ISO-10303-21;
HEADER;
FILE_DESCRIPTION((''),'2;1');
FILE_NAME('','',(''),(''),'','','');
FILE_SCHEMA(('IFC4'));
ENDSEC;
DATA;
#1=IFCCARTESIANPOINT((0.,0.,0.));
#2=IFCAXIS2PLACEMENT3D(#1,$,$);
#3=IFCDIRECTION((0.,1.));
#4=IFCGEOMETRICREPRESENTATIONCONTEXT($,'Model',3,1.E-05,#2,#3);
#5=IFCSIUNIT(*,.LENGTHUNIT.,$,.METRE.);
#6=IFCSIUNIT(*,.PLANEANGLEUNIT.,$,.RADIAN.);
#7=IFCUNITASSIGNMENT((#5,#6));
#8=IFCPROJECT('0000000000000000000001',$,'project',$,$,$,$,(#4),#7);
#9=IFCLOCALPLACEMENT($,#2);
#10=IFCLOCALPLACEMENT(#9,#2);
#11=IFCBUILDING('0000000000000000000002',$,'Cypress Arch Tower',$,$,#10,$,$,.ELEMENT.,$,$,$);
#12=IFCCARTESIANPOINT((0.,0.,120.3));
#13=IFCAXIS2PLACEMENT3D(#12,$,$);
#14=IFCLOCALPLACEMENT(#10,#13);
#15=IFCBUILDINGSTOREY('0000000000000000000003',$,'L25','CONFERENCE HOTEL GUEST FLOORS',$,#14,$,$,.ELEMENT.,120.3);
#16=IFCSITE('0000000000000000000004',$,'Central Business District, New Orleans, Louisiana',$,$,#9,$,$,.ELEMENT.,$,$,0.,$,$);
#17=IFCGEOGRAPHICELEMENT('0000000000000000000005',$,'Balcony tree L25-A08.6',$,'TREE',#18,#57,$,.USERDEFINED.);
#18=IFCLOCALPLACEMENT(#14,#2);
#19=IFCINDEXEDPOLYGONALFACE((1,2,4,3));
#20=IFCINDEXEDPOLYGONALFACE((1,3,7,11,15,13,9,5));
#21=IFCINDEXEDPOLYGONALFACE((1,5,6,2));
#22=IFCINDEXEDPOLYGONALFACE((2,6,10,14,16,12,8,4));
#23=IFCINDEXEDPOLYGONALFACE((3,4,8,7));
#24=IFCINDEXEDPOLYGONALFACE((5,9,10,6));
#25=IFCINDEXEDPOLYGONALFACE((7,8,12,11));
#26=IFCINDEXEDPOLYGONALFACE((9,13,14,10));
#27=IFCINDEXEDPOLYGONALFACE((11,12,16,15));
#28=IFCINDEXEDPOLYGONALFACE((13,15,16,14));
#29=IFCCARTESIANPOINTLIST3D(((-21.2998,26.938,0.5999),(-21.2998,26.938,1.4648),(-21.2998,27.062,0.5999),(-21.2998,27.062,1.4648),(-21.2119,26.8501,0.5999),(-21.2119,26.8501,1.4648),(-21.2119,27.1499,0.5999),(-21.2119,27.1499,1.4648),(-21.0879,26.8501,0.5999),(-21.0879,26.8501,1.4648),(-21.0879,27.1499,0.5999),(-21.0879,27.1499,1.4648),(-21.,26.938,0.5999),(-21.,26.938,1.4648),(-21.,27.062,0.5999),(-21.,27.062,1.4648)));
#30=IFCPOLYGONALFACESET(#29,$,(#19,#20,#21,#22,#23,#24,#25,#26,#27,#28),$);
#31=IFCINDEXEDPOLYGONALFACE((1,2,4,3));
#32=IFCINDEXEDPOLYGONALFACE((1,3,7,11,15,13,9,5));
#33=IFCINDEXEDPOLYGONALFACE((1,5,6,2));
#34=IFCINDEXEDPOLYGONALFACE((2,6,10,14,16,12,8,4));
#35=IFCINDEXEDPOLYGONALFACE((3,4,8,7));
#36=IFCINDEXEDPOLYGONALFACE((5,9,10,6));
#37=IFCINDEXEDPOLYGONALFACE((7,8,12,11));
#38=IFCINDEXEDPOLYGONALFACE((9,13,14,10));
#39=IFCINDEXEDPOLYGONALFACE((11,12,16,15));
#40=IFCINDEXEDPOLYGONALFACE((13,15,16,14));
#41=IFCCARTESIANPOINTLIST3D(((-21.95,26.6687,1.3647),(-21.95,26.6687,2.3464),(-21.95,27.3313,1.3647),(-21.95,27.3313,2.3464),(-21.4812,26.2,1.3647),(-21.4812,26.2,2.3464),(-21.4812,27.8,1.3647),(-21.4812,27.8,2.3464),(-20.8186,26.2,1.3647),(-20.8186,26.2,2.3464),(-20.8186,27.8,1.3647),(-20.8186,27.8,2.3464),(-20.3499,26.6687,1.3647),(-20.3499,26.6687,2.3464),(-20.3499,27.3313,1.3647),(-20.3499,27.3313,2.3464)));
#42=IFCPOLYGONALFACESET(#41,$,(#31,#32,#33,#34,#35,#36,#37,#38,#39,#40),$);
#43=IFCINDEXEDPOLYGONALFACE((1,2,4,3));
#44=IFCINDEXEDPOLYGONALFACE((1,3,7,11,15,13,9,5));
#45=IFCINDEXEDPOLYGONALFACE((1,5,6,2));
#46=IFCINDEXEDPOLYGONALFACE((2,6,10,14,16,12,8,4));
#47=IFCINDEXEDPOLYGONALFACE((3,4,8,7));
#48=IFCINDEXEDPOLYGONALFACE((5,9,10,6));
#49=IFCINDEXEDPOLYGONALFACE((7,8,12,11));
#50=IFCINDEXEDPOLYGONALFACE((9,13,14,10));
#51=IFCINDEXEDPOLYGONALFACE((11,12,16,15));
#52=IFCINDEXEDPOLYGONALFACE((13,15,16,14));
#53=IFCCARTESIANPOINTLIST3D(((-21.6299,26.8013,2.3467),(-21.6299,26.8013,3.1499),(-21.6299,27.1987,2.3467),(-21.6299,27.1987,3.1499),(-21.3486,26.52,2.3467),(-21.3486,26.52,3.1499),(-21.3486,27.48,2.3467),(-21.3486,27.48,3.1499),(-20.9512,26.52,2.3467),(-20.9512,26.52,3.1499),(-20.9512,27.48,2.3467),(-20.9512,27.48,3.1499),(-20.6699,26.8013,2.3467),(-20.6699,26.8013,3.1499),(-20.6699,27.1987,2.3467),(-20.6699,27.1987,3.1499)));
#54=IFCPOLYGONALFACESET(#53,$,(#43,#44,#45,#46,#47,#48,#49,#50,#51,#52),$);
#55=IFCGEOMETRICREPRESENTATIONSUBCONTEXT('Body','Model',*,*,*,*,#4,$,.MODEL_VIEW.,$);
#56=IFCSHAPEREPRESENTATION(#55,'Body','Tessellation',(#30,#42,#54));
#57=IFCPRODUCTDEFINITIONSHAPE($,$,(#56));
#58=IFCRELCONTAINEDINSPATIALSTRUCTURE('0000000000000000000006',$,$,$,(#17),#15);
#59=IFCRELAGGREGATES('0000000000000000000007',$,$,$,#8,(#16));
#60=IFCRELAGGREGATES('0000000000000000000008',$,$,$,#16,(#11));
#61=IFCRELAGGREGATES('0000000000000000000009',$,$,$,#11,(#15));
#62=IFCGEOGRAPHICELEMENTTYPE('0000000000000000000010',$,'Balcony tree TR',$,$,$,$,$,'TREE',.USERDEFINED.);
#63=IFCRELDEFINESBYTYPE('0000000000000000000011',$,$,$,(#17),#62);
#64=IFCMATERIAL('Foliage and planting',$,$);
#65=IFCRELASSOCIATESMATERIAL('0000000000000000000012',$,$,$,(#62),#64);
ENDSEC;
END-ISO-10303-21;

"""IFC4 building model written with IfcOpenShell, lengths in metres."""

from ifc_helpers import new_model, si_unit, direction, frame, origin, place, context, subcontext, project, spatial, polyline, outline, extrude, material, type_object, element, save


model = new_model("IFC4")

# Units and contexts
model_context = context("Model", 3, precision=1e-05, world=origin(), true_north=direction((0.0, 1.0)))
body_context = subcontext(model_context, "Body", "Model", "MODEL_VIEW")
ifc_project = project(units=[si_unit("LENGTHUNIT", "METRE"), si_unit("PLANEANGLEUNIT", "RADIAN")], contexts=[model_context])

# Site, building, storey
site_placement = place(None, origin())
site = spatial("IfcSite", under=ifc_project, at=site_placement, Name="Central Business District, New Orleans, Louisiana", CompositionType="ELEMENT", RefElevation=0.0)
building_placement = place(site_placement, origin())
building = spatial("IfcBuilding", under=site, at=building_placement, Name="Cypress Arch Tower", CompositionType="ELEMENT")
storey_placement = place(building_placement, frame((0.0, 0.0, 120.3)))
storey = spatial("IfcBuildingStorey", under=building, at=storey_placement, Name="L25", Description="CONFERENCE HOTEL GUEST FLOORS", CompositionType="ELEMENT", Elevation=120.3)

# Geographic element
ifc_material_1 = material(Name="Foliage and planting")
geographic_element_type = type_object("IfcGeographicElementType", Name="Balcony tree TR", ElementType="TREE", PredefinedType="USERDEFINED", material=ifc_material_1)
geographic_element_placement = place(storey_placement, frame((-21.1499, 27.0, 0.5999), z_axis=(0.0, 0.0, 1.0), x_axis=(1.0, 0.0, 0.0)))
element("IfcGeographicElement", 1, at=geographic_element_placement, inside=storey, type_object=geographic_element_type, Name="Balcony tree L25-A08.6", ObjectType="TREE", PredefinedType="USERDEFINED", context=body_context, shape_type="SweptSolid", body=[
    extrude(outline(polyline([(0.1499, 0.062), (0.062, 0.1499), (-0.062, 0.1499), (-0.1499, 0.062), (-0.1499, -0.062), (-0.062, -0.1499), (0.062, -0.1499), (0.1499, -0.062), (0.1499, 0.062)])), origin(), (0.0, 0.0, 1.0), 0.865),
    extrude(outline(polyline([(0.8, 0.3313), (0.3313, 0.8), (-0.3313, 0.8), (-0.8, 0.3313), (-0.8, -0.3313), (-0.3313, -0.8), (0.3313, -0.8), (0.8, -0.3313), (0.8, 0.3313)])), frame((0.0, 0.0, 0.7649)), (0.0, 0.0, 1.0), 0.9817),
    extrude(outline(polyline([(0.48, 0.1987), (0.1987, 0.48), (-0.1987, 0.48), (-0.48, 0.1987), (-0.48, -0.1987), (-0.1987, -0.48), (0.1987, -0.48), (0.48, -0.1987), (0.48, 0.1987)])), frame((0.0, 0.0, 1.7468)), (0.0, 0.0, 1.0), 0.8032),
])

save(model, "model.ifc")
